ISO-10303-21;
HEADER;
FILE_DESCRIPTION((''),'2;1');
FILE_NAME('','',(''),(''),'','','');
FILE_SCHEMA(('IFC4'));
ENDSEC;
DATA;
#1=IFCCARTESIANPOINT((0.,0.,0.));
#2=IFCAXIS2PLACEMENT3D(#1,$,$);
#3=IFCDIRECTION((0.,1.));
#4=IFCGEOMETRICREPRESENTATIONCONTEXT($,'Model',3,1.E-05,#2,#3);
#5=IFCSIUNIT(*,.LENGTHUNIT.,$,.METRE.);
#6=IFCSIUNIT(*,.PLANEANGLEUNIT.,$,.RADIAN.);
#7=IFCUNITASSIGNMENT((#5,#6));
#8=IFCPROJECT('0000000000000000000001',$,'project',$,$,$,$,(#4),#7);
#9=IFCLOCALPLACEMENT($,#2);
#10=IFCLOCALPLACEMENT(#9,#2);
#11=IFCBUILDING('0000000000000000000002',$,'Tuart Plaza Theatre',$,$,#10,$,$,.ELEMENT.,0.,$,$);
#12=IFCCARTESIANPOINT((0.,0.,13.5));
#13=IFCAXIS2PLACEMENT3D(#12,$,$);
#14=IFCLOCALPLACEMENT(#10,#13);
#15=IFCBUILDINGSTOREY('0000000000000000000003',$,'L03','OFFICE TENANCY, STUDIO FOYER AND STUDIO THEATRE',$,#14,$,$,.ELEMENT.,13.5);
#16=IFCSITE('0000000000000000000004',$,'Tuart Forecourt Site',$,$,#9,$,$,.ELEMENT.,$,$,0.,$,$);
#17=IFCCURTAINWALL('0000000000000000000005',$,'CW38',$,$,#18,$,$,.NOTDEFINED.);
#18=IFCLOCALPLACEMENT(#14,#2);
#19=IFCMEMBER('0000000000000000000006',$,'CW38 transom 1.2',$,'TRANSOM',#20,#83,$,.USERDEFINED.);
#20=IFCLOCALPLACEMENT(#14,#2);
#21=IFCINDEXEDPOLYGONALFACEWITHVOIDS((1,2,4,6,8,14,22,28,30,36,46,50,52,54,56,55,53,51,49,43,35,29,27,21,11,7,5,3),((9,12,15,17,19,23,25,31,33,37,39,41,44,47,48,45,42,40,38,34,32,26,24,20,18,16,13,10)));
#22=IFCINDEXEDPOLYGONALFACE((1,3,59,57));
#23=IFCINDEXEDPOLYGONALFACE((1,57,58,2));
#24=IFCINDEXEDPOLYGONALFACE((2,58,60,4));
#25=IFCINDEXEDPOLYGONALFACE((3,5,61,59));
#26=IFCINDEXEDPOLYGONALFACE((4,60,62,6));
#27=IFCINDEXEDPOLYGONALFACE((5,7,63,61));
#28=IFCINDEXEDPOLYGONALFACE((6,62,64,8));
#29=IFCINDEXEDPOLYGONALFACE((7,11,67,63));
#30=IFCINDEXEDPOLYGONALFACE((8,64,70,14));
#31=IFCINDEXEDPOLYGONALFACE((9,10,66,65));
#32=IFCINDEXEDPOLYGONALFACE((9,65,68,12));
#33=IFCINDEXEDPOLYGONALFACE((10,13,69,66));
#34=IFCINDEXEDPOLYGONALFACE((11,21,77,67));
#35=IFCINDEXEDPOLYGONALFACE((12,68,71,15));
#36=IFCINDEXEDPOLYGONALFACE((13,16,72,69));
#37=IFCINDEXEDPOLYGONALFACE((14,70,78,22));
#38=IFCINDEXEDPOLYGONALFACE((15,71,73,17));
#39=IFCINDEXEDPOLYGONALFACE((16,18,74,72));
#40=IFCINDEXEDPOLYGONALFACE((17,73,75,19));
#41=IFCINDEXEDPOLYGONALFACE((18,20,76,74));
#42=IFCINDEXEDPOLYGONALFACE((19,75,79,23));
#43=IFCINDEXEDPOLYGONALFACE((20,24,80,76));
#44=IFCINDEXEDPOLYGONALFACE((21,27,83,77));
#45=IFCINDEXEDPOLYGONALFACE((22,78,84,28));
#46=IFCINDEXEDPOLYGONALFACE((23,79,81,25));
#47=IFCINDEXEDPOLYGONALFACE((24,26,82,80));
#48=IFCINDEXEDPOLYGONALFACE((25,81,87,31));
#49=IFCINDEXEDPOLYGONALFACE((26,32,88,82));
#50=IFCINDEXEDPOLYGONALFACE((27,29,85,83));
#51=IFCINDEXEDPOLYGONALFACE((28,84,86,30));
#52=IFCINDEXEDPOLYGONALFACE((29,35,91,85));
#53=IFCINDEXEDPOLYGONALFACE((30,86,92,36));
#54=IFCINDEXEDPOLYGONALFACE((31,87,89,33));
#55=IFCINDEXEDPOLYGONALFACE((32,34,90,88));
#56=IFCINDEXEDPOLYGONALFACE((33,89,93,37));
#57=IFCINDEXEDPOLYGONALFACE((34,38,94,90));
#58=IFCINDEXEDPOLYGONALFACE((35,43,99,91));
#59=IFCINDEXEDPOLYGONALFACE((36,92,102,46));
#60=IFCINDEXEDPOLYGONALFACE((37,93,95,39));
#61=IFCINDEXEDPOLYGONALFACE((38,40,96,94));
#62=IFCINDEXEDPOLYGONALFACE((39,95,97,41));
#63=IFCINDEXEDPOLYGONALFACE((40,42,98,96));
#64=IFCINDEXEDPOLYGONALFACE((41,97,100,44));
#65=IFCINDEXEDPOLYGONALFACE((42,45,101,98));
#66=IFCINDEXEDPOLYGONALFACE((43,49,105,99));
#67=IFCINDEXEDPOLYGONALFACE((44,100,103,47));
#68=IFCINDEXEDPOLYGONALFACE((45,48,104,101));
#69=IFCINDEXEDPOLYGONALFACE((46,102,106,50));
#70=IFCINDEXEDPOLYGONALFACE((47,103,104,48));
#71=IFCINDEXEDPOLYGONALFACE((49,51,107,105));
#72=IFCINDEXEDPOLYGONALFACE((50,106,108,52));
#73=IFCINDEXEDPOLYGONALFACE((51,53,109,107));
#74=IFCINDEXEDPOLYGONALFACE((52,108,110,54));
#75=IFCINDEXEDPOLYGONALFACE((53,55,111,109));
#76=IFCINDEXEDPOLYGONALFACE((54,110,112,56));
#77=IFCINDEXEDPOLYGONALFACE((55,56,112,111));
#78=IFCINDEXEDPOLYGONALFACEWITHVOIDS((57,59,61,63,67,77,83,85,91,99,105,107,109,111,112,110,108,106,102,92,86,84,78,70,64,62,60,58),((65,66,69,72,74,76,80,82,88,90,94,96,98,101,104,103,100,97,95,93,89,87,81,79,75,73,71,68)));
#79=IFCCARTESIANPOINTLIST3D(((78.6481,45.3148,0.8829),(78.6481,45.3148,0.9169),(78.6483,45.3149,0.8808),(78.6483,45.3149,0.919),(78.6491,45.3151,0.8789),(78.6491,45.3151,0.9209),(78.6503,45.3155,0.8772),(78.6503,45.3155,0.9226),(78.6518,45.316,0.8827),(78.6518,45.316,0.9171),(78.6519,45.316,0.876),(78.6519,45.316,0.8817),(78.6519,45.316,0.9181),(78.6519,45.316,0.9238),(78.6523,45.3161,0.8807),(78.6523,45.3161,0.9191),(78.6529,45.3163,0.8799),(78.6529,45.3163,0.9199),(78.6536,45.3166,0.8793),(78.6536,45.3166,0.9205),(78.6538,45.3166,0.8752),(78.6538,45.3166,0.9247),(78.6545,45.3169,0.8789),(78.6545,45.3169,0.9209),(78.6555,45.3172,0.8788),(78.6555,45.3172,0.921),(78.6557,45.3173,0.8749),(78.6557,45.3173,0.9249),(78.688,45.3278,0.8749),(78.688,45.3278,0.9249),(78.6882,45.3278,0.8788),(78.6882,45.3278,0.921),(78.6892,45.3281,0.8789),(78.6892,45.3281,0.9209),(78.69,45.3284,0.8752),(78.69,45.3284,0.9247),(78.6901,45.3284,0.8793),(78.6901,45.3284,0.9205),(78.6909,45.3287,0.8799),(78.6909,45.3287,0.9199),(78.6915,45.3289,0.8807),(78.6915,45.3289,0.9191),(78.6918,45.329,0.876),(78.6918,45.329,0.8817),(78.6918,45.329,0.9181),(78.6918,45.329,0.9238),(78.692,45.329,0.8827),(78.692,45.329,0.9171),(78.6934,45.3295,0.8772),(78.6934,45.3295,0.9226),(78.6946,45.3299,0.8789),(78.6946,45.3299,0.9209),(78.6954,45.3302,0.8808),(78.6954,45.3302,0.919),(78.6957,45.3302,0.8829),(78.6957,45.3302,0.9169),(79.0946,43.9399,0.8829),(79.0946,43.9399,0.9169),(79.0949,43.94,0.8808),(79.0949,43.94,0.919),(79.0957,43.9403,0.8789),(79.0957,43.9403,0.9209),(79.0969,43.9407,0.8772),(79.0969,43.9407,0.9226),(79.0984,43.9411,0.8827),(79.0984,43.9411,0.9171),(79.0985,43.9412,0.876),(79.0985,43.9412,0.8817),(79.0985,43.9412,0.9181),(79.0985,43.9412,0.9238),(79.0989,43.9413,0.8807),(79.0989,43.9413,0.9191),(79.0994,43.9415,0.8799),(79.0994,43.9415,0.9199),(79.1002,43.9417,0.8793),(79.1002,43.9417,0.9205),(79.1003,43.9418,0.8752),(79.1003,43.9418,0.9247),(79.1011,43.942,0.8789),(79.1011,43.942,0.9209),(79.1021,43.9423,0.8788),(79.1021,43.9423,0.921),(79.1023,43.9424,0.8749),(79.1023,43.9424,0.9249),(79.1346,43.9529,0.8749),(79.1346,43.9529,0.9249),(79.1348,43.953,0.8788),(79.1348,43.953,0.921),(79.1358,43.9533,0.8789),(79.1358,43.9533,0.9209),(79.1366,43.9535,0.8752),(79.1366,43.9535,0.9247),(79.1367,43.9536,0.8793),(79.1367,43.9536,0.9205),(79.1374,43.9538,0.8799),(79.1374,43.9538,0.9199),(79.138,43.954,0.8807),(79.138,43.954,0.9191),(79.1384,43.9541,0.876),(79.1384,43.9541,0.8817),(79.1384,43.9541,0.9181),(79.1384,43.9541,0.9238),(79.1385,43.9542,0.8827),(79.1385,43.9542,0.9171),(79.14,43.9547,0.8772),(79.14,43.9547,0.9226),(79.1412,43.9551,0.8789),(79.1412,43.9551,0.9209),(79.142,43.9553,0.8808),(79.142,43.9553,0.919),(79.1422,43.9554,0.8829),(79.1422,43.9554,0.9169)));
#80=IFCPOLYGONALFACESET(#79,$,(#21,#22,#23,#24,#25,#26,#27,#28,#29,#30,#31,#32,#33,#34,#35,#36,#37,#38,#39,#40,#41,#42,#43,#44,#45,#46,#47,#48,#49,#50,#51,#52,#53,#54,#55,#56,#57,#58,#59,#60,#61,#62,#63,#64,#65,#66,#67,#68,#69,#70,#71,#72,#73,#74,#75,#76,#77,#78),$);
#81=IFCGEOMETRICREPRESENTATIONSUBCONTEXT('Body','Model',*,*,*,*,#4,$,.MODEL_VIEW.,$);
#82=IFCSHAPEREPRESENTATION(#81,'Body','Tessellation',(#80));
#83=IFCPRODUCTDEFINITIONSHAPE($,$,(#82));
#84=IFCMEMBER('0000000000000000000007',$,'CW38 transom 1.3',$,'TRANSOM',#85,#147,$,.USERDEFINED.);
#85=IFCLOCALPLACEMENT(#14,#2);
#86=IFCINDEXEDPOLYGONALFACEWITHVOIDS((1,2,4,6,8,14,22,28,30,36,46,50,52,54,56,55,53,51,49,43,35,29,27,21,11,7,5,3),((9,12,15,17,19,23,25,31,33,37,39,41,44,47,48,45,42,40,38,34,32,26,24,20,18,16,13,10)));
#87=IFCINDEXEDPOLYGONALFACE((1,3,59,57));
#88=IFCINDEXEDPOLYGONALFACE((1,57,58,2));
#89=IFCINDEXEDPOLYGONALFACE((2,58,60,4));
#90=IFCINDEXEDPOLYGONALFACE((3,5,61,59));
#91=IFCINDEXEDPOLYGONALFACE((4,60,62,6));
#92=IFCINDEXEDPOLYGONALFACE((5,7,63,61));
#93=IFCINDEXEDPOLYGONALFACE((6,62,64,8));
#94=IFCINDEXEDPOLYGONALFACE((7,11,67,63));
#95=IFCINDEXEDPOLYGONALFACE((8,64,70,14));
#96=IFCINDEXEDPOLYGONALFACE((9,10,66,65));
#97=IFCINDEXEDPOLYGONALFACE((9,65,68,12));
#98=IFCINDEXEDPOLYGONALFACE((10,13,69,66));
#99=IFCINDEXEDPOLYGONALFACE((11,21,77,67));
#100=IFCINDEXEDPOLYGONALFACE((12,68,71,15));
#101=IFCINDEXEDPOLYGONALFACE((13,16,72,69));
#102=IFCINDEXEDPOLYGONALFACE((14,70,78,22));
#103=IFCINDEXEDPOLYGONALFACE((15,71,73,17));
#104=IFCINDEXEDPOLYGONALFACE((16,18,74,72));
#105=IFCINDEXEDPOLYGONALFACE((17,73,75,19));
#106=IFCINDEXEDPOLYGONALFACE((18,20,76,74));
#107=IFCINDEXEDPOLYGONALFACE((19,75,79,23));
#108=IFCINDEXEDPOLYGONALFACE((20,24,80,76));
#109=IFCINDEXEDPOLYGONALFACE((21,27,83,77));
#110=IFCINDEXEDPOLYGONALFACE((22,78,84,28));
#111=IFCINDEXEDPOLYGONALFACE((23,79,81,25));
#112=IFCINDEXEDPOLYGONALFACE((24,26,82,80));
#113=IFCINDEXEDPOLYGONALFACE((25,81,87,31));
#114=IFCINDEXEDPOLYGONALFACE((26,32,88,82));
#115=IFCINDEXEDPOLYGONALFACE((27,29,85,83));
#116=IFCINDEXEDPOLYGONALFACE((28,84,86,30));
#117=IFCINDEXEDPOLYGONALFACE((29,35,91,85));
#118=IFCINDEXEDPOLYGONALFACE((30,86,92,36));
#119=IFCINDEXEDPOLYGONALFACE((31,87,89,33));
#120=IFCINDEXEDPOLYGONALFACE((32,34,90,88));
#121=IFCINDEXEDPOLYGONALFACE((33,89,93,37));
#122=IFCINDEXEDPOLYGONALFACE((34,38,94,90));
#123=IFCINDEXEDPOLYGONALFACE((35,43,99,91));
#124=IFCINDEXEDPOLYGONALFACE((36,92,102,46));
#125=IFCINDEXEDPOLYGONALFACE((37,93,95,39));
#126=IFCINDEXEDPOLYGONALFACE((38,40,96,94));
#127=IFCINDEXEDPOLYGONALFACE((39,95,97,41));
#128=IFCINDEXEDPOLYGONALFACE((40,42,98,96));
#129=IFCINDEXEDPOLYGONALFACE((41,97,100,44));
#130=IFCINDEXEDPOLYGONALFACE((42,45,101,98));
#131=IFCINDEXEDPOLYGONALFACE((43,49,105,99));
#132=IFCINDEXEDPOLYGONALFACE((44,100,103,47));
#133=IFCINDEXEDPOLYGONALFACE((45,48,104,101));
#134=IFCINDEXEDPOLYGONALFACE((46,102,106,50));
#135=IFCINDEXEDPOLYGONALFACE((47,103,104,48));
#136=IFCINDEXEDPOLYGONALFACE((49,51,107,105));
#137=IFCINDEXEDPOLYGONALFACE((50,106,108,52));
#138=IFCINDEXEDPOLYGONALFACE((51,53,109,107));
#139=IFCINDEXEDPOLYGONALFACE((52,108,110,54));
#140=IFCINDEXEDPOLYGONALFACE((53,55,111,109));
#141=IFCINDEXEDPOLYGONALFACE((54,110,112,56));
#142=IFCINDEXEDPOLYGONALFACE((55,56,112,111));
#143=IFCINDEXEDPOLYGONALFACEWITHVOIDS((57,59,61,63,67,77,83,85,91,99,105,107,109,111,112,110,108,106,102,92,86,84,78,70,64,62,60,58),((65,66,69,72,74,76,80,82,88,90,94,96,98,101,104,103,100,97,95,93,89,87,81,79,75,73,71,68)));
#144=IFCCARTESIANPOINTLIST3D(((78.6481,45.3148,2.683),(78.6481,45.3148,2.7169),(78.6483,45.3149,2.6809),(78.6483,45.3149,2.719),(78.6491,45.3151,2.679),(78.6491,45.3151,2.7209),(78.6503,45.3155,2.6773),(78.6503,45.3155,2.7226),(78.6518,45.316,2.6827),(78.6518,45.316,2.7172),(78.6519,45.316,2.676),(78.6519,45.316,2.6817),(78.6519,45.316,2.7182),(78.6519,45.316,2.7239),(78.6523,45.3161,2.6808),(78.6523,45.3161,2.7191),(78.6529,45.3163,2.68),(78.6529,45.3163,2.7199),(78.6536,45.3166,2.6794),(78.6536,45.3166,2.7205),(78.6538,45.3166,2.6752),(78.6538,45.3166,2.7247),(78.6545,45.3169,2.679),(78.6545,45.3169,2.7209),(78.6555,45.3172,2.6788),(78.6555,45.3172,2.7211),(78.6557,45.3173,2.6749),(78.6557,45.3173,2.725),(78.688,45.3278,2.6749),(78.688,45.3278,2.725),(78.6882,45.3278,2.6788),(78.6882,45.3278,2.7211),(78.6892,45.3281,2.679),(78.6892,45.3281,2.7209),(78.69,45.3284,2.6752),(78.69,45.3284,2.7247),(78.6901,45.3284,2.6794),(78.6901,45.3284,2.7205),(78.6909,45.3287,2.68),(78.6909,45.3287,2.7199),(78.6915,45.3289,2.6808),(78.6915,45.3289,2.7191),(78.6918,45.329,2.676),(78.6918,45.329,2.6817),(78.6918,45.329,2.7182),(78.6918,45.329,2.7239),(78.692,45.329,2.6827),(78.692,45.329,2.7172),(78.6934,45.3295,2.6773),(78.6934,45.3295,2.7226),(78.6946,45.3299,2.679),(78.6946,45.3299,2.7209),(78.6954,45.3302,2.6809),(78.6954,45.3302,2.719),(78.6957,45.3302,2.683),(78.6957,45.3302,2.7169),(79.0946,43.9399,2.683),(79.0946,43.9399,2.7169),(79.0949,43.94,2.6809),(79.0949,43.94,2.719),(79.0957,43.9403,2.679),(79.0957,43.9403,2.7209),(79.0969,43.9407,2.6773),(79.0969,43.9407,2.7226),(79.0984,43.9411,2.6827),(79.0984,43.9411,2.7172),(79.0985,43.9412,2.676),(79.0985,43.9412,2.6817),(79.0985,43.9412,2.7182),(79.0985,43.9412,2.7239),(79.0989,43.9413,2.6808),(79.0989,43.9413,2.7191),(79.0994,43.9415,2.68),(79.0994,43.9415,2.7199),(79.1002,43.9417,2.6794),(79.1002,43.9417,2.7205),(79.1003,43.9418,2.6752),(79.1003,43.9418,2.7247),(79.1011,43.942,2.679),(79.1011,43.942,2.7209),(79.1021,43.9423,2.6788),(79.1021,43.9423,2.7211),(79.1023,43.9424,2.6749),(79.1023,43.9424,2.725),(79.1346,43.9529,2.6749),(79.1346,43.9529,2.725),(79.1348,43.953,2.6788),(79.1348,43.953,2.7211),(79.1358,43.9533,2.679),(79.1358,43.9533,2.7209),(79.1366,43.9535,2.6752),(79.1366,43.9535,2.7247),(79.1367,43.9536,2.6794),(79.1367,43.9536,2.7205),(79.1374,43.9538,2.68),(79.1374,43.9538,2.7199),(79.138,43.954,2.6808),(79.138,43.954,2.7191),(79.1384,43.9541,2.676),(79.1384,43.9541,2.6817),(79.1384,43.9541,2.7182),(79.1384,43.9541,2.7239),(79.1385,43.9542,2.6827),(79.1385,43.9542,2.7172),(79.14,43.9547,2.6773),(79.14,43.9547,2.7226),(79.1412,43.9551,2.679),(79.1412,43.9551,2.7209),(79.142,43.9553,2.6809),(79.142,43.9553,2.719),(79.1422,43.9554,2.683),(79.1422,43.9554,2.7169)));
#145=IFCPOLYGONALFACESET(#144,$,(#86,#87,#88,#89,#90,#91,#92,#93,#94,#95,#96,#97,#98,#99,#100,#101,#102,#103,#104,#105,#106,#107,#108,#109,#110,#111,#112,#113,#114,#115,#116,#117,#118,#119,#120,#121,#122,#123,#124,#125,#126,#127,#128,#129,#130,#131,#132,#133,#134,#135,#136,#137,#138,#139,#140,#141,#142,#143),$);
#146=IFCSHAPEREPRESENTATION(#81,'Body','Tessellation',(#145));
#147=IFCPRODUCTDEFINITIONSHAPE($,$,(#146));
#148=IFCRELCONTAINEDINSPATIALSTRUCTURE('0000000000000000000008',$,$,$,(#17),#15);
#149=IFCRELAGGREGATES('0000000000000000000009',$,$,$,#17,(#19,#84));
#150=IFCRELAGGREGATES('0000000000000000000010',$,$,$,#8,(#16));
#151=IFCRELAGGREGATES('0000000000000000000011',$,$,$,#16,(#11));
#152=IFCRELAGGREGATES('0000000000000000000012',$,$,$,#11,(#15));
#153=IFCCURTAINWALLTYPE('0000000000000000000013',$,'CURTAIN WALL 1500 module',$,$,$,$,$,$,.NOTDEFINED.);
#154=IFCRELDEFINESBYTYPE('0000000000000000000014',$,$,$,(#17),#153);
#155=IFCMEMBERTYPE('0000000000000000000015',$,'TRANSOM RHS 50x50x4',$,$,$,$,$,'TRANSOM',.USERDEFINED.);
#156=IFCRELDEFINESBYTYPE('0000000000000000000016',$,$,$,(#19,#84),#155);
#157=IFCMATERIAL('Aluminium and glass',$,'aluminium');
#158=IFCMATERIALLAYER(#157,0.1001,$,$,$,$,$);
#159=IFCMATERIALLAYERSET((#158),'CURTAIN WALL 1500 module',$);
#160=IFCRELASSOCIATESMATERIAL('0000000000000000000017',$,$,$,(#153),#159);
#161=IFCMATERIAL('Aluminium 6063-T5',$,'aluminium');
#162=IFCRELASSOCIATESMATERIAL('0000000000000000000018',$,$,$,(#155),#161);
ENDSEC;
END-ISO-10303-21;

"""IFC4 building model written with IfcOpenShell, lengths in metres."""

from ifc_helpers import new_model, si_unit, direction, frame, origin, origin_2d, place, context, subcontext, project, spatial, hollow_rectangle, extrude, material, layer, layer_set, material_profile, profile_set, type_object, element, aggregate, save


model = new_model("IFC4")

# Units and contexts
model_context = context("Model", 3, precision=1e-05, world=origin(), true_north=direction((0.0, 1.0)))
body_context = subcontext(model_context, "Body", "Model", "MODEL_VIEW")
ifc_project = project(units=[si_unit("LENGTHUNIT", "METRE"), si_unit("PLANEANGLEUNIT", "RADIAN")], contexts=[model_context])

# Site, building, storey
site_placement = place(None, origin())
site = spatial("IfcSite", under=ifc_project, at=site_placement, Name="Tuart Forecourt Site", CompositionType="ELEMENT", RefElevation=0.0)
building_placement = place(site_placement, origin())
building = spatial("IfcBuilding", under=site, at=building_placement, Name="Tuart Plaza Theatre", CompositionType="ELEMENT", ElevationOfRefHeight=0.0)
storey_placement = place(building_placement, frame((0.0, 0.0, 13.5)))
storey = spatial("IfcBuildingStorey", under=building, at=storey_placement, Name="L03", Description="OFFICE TENANCY, STUDIO FOYER AND STUDIO THEATRE", CompositionType="ELEMENT", Elevation=13.5)

# Shared definitions
ifc_material_1 = material(Name="Aluminium and glass", Category="aluminium")
ifc_layer_1 = layer(ifc_material_1, 0.1001)
ifc_layer_set_1 = layer_set([ifc_layer_1], Name="CURTAIN WALL 1500 module")
curtain_wall_type = type_object("IfcCurtainWallType", Name="CURTAIN WALL 1500 module", PredefinedType="NOTDEFINED", material=ifc_layer_set_1)

# Curtain wall
curtain_wall_1_placement = place(storey_placement, origin())
curtain_wall_1 = element("IfcCurtainWall", 1, at=curtain_wall_1_placement, inside=storey, type_object=curtain_wall_type, Name="CW38", PredefinedType="NOTDEFINED")

# Members
ifc_material_2 = material(Name="Aluminium 6063-T5", Category="aluminium")
ifc_material_profile_1 = material_profile(ifc_material_2, hollow_rectangle(XDim=0.05, YDim=0.05, WallThickness=0.0039, InnerFilletRadius=0.0039, OuterFilletRadius=0.0081, at=origin_2d()), Name="RHS 50x50x4")
ifc_profile_set_1 = profile_set([ifc_material_profile_1], Name="Aluminium 6063-T5")
member_type_1 = type_object("IfcMemberType", Name="TRANSOM RHS 50x50x4", ElementType="TRANSOM", PredefinedType="USERDEFINED", material=ifc_profile_set_1)
member_1_placement = place(storey_placement, frame((78.6719, 45.3225, 0.8999), z_axis=(0.308922, -0.951087, 0.0), x_axis=(0.951087, 0.308922, 0.0)))
member_1 = element("IfcMember", 2, at=member_1_placement, type_object=member_type_1, Name="CW38 transom 1.2", ObjectType="TRANSOM", PredefinedType="USERDEFINED", context=body_context, shape_type="SweptSolid", body=[
    extrude(hollow_rectangle(XDim=0.05, YDim=0.05, WallThickness=0.0039, InnerFilletRadius=0.0039, OuterFilletRadius=0.0081, at=origin_2d()), origin(), (0.0, 0.0, 1.0), 1.4456),
])
member_2_placement = place(storey_placement, frame((78.6719, 45.3225, 2.7), z_axis=(0.308922, -0.951087, 0.0), x_axis=(0.951087, 0.308922, 0.0)))
member_2 = element("IfcMember", 3, at=member_2_placement, type_object=member_type_1, Name="CW38 transom 1.3", ObjectType="TRANSOM", PredefinedType="USERDEFINED", context=body_context, shape_type="SweptSolid", body=[
    extrude(hollow_rectangle(XDim=0.05, YDim=0.05, WallThickness=0.0039, InnerFilletRadius=0.0039, OuterFilletRadius=0.0081, at=origin_2d()), origin(), (0.0, 0.0, 1.0), 1.4456),
])

aggregate(curtain_wall_1, [member_1, member_2])

save(model, "model.ifc")
